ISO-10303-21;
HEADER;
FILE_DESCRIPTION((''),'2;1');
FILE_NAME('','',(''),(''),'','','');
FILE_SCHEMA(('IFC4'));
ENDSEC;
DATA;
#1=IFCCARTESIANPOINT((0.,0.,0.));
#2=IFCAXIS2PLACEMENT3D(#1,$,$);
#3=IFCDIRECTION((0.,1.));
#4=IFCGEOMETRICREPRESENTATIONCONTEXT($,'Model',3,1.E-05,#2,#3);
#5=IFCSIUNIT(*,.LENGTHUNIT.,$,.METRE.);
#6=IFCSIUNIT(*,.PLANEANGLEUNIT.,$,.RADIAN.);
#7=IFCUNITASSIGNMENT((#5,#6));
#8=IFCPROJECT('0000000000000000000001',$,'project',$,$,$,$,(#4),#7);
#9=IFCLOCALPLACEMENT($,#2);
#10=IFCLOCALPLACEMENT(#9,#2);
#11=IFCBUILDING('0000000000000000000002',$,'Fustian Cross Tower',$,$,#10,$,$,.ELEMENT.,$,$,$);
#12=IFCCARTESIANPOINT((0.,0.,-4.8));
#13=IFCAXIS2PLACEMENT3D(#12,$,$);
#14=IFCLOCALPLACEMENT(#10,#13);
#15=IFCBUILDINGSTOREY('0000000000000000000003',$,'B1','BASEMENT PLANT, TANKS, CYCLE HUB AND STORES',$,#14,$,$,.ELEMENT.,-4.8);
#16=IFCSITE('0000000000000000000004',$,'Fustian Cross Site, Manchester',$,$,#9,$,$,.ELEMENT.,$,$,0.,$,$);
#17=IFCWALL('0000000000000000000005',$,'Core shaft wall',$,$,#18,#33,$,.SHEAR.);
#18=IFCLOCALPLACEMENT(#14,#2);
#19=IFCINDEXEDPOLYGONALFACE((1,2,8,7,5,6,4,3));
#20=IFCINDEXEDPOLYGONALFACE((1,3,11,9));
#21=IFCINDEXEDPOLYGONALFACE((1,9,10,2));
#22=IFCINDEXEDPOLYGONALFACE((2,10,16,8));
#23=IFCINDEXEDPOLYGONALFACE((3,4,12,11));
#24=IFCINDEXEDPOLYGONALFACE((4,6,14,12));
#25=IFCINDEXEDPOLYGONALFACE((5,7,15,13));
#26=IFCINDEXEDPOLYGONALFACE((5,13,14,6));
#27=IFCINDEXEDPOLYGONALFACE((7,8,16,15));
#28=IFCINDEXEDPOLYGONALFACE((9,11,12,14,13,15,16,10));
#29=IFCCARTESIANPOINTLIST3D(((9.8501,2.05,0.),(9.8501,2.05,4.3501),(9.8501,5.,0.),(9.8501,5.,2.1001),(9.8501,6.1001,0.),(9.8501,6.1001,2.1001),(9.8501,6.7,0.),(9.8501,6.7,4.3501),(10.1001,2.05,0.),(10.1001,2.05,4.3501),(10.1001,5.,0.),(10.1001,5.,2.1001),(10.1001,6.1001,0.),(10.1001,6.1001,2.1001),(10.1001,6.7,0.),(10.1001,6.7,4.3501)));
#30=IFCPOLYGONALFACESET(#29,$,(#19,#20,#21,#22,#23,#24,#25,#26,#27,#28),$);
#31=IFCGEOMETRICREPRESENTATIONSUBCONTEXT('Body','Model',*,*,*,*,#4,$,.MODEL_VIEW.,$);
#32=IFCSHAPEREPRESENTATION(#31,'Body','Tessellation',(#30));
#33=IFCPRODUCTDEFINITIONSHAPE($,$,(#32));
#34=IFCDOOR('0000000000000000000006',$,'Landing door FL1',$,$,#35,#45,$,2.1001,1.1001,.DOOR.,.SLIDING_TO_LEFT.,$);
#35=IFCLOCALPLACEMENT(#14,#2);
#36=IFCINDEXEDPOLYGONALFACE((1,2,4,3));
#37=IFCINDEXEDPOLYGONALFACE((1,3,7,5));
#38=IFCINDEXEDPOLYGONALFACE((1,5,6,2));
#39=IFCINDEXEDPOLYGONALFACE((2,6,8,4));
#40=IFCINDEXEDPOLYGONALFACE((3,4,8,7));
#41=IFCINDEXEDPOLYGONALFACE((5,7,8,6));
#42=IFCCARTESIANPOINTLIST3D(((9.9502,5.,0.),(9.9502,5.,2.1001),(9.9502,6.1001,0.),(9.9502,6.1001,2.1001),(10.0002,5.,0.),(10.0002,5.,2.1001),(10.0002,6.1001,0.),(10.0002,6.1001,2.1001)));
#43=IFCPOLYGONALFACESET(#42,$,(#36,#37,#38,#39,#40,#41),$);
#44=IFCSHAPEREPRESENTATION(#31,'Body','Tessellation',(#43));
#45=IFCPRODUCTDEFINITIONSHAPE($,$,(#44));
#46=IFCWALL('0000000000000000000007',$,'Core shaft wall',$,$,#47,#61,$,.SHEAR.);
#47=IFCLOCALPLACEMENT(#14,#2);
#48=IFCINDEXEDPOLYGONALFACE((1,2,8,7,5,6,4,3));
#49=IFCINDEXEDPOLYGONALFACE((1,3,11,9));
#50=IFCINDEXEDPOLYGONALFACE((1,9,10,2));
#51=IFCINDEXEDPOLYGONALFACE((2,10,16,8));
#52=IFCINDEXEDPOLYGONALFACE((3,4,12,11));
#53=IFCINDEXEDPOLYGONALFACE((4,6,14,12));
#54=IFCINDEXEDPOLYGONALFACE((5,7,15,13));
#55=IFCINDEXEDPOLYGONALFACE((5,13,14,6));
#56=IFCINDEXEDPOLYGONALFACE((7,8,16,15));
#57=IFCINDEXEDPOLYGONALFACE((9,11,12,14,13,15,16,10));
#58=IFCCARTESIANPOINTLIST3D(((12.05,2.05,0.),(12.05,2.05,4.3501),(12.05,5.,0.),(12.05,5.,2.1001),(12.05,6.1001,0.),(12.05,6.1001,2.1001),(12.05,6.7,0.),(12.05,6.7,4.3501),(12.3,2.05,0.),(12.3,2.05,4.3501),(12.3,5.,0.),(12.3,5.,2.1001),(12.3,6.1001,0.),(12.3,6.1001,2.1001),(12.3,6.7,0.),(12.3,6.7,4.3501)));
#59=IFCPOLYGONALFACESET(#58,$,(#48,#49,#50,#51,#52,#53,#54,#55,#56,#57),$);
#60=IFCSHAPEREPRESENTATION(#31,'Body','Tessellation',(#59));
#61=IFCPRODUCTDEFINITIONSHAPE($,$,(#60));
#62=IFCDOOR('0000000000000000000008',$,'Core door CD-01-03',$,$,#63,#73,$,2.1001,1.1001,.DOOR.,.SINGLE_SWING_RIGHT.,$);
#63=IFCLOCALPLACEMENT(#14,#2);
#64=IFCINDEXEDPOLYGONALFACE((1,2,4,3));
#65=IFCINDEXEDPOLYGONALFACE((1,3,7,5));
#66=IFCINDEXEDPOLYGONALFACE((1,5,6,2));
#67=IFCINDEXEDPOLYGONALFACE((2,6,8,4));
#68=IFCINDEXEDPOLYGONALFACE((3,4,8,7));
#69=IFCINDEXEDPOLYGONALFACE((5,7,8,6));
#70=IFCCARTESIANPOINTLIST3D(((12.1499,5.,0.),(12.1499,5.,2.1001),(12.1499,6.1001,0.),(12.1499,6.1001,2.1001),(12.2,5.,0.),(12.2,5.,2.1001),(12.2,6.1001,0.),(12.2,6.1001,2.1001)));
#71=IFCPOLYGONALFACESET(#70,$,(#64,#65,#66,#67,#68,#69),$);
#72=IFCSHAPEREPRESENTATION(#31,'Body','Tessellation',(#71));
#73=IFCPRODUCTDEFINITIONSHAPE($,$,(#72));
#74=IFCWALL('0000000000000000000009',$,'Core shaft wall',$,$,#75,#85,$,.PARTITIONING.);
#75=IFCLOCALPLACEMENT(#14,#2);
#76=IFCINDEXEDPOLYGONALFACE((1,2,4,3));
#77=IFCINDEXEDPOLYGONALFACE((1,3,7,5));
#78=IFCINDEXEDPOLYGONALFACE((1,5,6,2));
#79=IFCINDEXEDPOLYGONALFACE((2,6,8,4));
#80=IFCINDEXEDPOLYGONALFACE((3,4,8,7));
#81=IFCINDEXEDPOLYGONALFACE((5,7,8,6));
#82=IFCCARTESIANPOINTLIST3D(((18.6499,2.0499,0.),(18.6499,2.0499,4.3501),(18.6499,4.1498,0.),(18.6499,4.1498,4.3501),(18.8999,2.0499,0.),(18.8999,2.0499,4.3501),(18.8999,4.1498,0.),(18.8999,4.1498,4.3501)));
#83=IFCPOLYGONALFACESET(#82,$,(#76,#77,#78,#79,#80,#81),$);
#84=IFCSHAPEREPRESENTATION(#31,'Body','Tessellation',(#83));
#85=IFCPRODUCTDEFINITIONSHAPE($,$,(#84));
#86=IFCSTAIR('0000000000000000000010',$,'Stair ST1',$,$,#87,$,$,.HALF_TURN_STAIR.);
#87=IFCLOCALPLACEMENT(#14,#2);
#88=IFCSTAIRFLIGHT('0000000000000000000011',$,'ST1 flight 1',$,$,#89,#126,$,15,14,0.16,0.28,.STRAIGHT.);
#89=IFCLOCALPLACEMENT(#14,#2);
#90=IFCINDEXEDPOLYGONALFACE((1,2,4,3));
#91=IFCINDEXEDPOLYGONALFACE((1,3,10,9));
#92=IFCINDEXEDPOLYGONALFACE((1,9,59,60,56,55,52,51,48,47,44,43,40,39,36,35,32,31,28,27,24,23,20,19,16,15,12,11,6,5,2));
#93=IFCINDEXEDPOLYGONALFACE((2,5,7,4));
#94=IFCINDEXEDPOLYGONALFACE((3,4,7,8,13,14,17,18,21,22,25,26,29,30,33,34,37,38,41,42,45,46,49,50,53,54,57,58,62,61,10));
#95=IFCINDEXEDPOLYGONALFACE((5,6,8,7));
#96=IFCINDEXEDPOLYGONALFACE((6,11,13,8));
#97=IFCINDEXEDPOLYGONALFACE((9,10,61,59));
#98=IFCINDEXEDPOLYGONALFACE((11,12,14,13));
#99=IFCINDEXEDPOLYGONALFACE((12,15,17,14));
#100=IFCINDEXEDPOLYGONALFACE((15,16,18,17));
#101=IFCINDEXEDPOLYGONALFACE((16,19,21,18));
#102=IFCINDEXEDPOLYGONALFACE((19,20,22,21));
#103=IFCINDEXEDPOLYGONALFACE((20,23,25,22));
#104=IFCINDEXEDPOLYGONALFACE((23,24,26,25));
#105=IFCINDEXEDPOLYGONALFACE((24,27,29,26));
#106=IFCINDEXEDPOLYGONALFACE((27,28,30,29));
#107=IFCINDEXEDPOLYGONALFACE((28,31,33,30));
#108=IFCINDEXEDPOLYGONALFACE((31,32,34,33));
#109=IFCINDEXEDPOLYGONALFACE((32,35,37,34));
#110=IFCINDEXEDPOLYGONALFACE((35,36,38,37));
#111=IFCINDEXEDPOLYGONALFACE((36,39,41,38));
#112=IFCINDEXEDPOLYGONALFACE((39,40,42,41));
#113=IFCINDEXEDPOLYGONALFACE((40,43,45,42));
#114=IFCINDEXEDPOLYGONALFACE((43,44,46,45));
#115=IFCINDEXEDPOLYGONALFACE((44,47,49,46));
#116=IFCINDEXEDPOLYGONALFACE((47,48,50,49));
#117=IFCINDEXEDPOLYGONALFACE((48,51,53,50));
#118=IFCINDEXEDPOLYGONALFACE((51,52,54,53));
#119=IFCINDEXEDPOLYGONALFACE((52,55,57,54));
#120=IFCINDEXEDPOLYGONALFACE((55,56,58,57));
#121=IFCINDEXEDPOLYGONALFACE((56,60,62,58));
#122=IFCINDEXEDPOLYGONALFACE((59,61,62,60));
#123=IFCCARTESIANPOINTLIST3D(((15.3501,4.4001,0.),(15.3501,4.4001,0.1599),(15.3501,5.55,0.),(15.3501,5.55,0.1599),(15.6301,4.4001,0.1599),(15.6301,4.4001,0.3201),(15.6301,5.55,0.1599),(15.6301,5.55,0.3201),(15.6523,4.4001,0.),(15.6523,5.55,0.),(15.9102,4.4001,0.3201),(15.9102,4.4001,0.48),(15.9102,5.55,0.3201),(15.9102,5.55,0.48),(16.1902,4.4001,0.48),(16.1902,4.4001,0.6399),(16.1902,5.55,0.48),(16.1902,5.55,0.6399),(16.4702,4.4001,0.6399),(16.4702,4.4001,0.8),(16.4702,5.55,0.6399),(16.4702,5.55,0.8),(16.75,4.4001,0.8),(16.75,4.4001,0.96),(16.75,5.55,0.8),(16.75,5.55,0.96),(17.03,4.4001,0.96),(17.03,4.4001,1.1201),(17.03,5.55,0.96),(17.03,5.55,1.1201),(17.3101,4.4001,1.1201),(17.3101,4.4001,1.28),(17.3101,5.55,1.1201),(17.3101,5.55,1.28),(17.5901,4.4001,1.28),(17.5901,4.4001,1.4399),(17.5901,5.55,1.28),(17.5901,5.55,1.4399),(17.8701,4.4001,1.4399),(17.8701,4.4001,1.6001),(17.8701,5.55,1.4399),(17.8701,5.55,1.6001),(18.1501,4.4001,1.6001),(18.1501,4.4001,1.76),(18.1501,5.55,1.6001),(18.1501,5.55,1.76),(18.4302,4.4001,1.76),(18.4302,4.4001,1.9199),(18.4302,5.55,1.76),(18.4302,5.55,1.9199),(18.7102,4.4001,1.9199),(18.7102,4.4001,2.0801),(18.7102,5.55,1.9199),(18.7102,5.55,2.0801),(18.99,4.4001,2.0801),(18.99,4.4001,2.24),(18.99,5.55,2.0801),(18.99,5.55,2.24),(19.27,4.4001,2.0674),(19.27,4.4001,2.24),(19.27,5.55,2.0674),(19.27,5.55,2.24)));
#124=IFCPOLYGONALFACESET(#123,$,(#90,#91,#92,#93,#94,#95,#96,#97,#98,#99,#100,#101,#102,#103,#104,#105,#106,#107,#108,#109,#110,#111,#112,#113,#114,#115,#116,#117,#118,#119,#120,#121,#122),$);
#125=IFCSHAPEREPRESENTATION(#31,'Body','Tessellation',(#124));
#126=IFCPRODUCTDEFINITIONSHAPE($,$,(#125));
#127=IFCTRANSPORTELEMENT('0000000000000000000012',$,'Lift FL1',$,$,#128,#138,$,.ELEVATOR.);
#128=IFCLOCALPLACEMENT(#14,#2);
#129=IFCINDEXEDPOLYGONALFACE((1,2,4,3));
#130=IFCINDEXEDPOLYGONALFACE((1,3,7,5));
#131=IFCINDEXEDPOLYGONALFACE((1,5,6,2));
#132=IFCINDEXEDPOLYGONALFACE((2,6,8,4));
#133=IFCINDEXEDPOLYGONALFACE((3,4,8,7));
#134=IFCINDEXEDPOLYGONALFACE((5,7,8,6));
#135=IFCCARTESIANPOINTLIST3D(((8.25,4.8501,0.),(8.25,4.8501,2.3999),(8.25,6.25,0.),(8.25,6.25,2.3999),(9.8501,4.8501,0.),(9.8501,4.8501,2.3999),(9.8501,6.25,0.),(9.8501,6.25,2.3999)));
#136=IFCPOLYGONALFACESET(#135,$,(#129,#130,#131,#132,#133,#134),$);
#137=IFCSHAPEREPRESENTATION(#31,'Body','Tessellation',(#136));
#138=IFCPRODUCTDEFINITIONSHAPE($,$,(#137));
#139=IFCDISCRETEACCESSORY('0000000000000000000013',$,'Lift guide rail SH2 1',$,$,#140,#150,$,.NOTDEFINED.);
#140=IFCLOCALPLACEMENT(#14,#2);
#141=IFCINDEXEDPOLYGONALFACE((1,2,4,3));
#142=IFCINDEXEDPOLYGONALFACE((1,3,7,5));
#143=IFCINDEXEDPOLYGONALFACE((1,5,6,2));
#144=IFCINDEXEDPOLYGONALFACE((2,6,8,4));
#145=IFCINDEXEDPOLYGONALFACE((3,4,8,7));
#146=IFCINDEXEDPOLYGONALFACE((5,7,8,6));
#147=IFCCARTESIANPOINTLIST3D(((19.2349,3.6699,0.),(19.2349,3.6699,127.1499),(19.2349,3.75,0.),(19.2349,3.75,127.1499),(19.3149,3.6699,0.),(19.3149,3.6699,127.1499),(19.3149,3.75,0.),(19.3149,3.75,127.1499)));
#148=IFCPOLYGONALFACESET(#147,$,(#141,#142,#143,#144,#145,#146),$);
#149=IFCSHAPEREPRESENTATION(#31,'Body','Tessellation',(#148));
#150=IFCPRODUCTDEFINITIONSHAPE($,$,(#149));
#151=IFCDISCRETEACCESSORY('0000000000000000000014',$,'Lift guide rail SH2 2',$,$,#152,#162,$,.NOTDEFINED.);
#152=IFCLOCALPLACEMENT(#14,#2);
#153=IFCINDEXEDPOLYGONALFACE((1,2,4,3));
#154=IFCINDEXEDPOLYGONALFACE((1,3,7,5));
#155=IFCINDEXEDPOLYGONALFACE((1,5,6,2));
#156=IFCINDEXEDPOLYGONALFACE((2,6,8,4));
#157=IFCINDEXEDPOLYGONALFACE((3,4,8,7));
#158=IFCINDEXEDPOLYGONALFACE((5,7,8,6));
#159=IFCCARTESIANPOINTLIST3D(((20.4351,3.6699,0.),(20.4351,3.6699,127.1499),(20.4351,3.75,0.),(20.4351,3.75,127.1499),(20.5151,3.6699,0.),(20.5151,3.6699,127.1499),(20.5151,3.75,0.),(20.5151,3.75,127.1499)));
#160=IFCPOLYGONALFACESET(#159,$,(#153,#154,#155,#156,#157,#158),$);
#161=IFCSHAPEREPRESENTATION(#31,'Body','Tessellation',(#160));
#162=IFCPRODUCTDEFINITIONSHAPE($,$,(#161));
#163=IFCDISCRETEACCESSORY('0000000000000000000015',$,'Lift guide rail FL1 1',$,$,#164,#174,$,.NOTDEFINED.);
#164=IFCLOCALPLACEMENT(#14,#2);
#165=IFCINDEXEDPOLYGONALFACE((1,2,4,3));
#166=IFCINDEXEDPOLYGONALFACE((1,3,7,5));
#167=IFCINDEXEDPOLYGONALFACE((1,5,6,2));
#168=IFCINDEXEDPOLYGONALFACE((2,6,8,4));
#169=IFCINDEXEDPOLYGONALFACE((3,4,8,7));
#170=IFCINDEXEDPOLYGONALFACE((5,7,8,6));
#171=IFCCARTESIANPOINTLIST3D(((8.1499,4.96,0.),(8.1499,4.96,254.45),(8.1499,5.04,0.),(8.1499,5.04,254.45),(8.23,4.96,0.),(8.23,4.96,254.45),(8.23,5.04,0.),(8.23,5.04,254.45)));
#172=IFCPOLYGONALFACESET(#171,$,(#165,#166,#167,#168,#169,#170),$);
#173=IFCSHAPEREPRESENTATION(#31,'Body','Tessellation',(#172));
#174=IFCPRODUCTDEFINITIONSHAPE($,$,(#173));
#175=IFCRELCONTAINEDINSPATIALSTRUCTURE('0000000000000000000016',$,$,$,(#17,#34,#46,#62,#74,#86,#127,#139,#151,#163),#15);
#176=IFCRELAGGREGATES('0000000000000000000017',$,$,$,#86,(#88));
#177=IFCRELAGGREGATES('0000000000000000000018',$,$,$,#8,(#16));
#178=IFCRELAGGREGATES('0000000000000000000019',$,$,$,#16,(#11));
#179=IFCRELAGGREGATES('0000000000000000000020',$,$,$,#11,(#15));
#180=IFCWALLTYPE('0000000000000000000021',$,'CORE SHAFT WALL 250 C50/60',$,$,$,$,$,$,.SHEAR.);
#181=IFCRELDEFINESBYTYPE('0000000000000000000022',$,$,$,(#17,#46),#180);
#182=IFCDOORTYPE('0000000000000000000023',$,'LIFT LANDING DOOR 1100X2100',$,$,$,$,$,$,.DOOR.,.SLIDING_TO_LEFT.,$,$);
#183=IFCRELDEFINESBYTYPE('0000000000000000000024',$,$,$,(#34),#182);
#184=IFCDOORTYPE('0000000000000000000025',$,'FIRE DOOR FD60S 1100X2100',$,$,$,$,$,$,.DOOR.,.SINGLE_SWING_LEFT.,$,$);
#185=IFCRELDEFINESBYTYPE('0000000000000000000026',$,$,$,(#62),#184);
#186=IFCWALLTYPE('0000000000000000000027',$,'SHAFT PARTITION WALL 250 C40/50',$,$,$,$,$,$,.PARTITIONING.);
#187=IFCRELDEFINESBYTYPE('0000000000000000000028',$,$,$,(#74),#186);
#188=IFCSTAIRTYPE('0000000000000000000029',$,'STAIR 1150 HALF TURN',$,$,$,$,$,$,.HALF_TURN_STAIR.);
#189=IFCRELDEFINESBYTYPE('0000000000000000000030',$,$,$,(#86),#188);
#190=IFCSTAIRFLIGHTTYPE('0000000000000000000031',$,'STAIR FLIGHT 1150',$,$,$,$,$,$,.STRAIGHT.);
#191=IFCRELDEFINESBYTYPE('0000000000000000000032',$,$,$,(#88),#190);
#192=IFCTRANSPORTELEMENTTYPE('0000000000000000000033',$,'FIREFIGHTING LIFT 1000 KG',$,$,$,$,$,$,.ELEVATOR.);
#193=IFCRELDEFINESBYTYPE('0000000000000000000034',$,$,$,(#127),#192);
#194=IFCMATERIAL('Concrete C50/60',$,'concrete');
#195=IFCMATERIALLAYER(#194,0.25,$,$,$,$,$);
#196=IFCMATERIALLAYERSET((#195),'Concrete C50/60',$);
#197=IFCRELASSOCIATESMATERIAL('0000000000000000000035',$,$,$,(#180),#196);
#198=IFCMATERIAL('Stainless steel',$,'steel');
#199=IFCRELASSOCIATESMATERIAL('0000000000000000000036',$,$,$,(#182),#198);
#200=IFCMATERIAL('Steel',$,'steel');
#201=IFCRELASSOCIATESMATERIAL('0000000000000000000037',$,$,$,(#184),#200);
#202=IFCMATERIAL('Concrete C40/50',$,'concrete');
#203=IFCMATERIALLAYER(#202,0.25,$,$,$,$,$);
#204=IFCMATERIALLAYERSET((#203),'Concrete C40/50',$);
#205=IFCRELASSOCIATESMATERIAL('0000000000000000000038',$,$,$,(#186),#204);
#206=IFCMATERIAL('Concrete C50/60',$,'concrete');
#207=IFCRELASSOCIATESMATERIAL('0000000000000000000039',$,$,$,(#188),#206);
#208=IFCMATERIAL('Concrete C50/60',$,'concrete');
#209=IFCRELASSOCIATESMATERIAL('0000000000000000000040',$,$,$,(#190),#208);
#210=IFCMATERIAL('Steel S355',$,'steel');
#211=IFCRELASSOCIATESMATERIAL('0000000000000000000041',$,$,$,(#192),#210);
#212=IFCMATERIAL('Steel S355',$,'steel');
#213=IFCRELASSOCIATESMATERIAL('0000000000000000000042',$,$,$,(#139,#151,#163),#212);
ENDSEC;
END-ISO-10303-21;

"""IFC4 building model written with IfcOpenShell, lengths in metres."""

from ifc_helpers import new_model, si_unit, direction, frame, frame_2d, origin, origin_2d, place, context, subcontext, project, spatial, polyline, rectangle, outline, extrude, material, layer, layer_set, type_object, element, fill, aggregate, save


model = new_model("IFC4")

# Units and contexts
model_context = context("Model", 3, precision=1e-05, world=origin(), true_north=direction((0.0, 1.0)))
body_context = subcontext(model_context, "Body", "Model", "MODEL_VIEW")
ifc_project = project(units=[si_unit("LENGTHUNIT", "METRE"), si_unit("PLANEANGLEUNIT", "RADIAN")], contexts=[model_context])

# Site, building, storey
site_placement = place(None, origin())
site = spatial("IfcSite", under=ifc_project, at=site_placement, Name="Fustian Cross Site, Manchester", CompositionType="ELEMENT", RefElevation=0.0)
building_placement = place(site_placement, origin())
building = spatial("IfcBuilding", under=site, at=building_placement, Name="Fustian Cross Tower", CompositionType="ELEMENT")
storey_placement = place(building_placement, frame((0.0, 0.0, -4.8)))
storey = spatial("IfcBuildingStorey", under=building, at=storey_placement, Name="B1", Description="BASEMENT PLANT, TANKS, CYCLE HUB AND STORES", CompositionType="ELEMENT", Elevation=-4.8)

# Shared definitions
ifc_material_1 = material(Name="Concrete C50/60", Category="concrete")
ifc_layer_1 = layer(ifc_material_1, 0.25)
ifc_layer_set_1 = layer_set([ifc_layer_1], Name="Concrete C50/60")
wall_type_1 = type_object("IfcWallType", Name="CORE SHAFT WALL 250 C50/60", PredefinedType="SHEAR", material=ifc_layer_set_1)

# Walls, openings, doors
wall_1_placement = place(storey_placement, frame((9.9751, 2.05, 0.0), z_axis=(0.0, 0.0, 1.0), x_axis=(0.0, 1.0, 0.0)))
wall_1 = element("IfcWall", 1, at=wall_1_placement, inside=storey, type_object=wall_type_1, Name="Core shaft wall", PredefinedType="SHEAR", context=body_context, shape_type="SweptSolid", body=[
    extrude(rectangle(XDim=4.6499, YDim=0.25, at=frame_2d((2.325, 0.0))), origin(), (0.0, 0.0, 1.0), 4.3501),
])
opening_1_placement = place(wall_1_placement, frame((2.95, 0.0, 0.0)))
opening_1 = element("IfcOpeningElement", 2, at=opening_1_placement, cuts=wall_1, PredefinedType="OPENING", context=body_context, shape_type="SweptSolid", body=[
    extrude(rectangle(XDim=1.1001, YDim=2.1001, at=frame_2d((0.55, 1.05))), frame((0.0, 0.135, 0.0), z_axis=(0.0, -1.0, 0.0), x_axis=(1.0, 0.0, 0.0)), (0.0, 0.0, 1.0), 0.27),
])
ifc_material_2 = material(Name="Stainless steel", Category="steel")
door_type_1 = type_object("IfcDoorType", Name="LIFT LANDING DOOR 1100X2100", OperationType="SLIDING_TO_LEFT", PredefinedType="DOOR", material=ifc_material_2)
door_1_placement = place(opening_1_placement, origin())
door_1 = element("IfcDoor", 3, at=door_1_placement, inside=storey, type_object=door_type_1, Name="Landing door FL1", OperationType="SLIDING_TO_LEFT", OverallHeight=2.1001, OverallWidth=1.1001, PredefinedType="DOOR", context=body_context, shape_type="SweptSolid", body=[
    extrude(rectangle(XDim=1.1001, YDim=2.1001, at=frame_2d((0.55, 1.05))), frame((0.0, 0.0249, 0.0), z_axis=(0.0, -1.0, 0.0), x_axis=(1.0, 0.0, 0.0)), (0.0, 0.0, 1.0), 0.05),
])
fill(opening_1, door_1)
wall_2_placement = place(storey_placement, frame((12.175, 2.05, 0.0), z_axis=(0.0, 0.0, 1.0), x_axis=(0.0, 1.0, 0.0)))
wall_2 = element("IfcWall", 4, at=wall_2_placement, inside=storey, type_object=wall_type_1, Name="Core shaft wall", PredefinedType="SHEAR", context=body_context, shape_type="SweptSolid", body=[
    extrude(rectangle(XDim=4.6499, YDim=0.25, at=frame_2d((2.325, 0.0))), origin(), (0.0, 0.0, 1.0), 4.3501),
])
opening_2_placement = place(wall_2_placement, frame((2.95, 0.0, 0.0)))
opening_2 = element("IfcOpeningElement", 5, at=opening_2_placement, cuts=wall_2, PredefinedType="OPENING", context=body_context, shape_type="SweptSolid", body=[
    extrude(rectangle(XDim=1.1001, YDim=2.1001, at=frame_2d((0.55, 1.05))), frame((0.0, 0.135, 0.0), z_axis=(0.0, -1.0, 0.0), x_axis=(1.0, 0.0, 0.0)), (0.0, 0.0, 1.0), 0.27),
])
ifc_material_3 = material(Name="Steel", Category="steel")
door_type_2 = type_object("IfcDoorType", Name="FIRE DOOR FD60S 1100X2100", OperationType="SINGLE_SWING_LEFT", PredefinedType="DOOR", material=ifc_material_3)
door_2_placement = place(opening_2_placement, frame((1.1001, 0.0, 0.0), z_axis=(0.0, 0.0, 1.0), x_axis=(-1.0, 0.0, 0.0)))
door_2 = element("IfcDoor", 6, at=door_2_placement, inside=storey, type_object=door_type_2, Name="Core door CD-01-03", OperationType="SINGLE_SWING_RIGHT", OverallHeight=2.1001, OverallWidth=1.1001, PredefinedType="DOOR", context=body_context, shape_type="SweptSolid", body=[
    extrude(rectangle(XDim=1.1001, YDim=2.1001, at=frame_2d((0.55, 1.05))), frame((0.0, 0.0249, 0.0), z_axis=(0.0, -1.0, 0.0), x_axis=(1.0, 0.0, 0.0)), (0.0, 0.0, 1.0), 0.05),
])
fill(opening_2, door_2)

# Wall
ifc_material_4 = material(Name="Concrete C40/50", Category="concrete")
ifc_layer_2 = layer(ifc_material_4, 0.25)
ifc_layer_set_2 = layer_set([ifc_layer_2], Name="Concrete C40/50")
wall_type_2 = type_object("IfcWallType", Name="SHAFT PARTITION WALL 250 C40/50", PredefinedType="PARTITIONING", material=ifc_layer_set_2)
wall_3_placement = place(storey_placement, frame((18.7749, 2.05, 0.0), z_axis=(0.0, 0.0, 1.0), x_axis=(0.0, 1.0, 0.0)))
element("IfcWall", 7, at=wall_3_placement, inside=storey, type_object=wall_type_2, Name="Core shaft wall", PredefinedType="PARTITIONING", context=body_context, shape_type="SweptSolid", body=[
    extrude(rectangle(XDim=2.0999, YDim=0.25, at=frame_2d((1.0498, 0.0))), origin(), (0.0, 0.0, 1.0), 4.3501),
])

# Stair, stair flight
ifc_material_5 = material(Name="Concrete C50/60", Category="concrete")
stair_type = type_object("IfcStairType", Name="STAIR 1150 HALF TURN", PredefinedType="HALF_TURN_STAIR", material=ifc_material_5)
stair_placement = place(storey_placement, origin())
stair = element("IfcStair", 8, at=stair_placement, inside=storey, type_object=stair_type, Name="Stair ST1", PredefinedType="HALF_TURN_STAIR")
ifc_material_6 = material(Name="Concrete C50/60", Category="concrete")
stair_flight_type = type_object("IfcStairFlightType", Name="STAIR FLIGHT 1150", PredefinedType="STRAIGHT", material=ifc_material_6)
stair_flight_placement = place(storey_placement, frame((15.3501, 4.9751, 0.0), z_axis=(0.0, 0.0, 1.0), x_axis=(1.0, 0.0, 0.0)))
stair_flight = element("IfcStairFlight", 9, at=stair_flight_placement, type_object=stair_flight_type, Name="ST1 flight 1", NumberOfRisers=15, NumberOfTreads=14, PredefinedType="STRAIGHT", RiserHeight=0.16, TreadLength=0.28, context=body_context, shape_type="SweptSolid", body=[
    extrude(outline(polyline([(0.0, 0.0), (0.0, 0.1599), (0.28, 0.1599), (0.28, 0.3201), (0.5601, 0.3201), (0.5601, 0.48), (0.8401, 0.48), (0.8401, 0.6399), (1.1201, 0.6399), (1.1201, 0.8), (1.3999, 0.8), (1.3999, 0.96), (1.6799, 0.96), (1.6799, 1.1201), (1.96, 1.1201), (1.96, 1.28), (2.24, 1.28), (2.24, 1.4399), (2.52, 1.4399), (2.52, 1.6001), (2.8, 1.6001), (2.8, 1.76), (3.0801, 1.76), (3.0801, 1.9199), (3.3601, 1.9199), (3.3601, 2.0801), (3.6399, 2.0801), (3.6399, 2.24), (3.9199, 2.24), (3.9199, 2.3999), (3.9199, 2.0674), (0.3022, 0.0), (0.0, 0.0)])), frame((0.0, 0.575, 0.0), z_axis=(0.0, -1.0, 0.0), x_axis=(1.0, 0.0, 0.0)), (0.0, 0.0, 1.0), 1.1499),
])
aggregate(stair, [stair_flight])

# Transport element
ifc_material_7 = material(Name="Steel S355", Category="steel")
transport_element_type = type_object("IfcTransportElementType", Name="FIREFIGHTING LIFT 1000 KG", PredefinedType="ELEVATOR", material=ifc_material_7)
transport_element_placement = place(storey_placement, frame((9.05, 5.55, 0.0), z_axis=(0.0, 0.0, 1.0), x_axis=(1.0, 0.0, 0.0)))
element("IfcTransportElement", 10, at=transport_element_placement, inside=storey, type_object=transport_element_type, Name="Lift FL1", PredefinedType="ELEVATOR", context=body_context, shape_type="SweptSolid", body=[
    extrude(rectangle(XDim=1.6001, YDim=1.3999, at=origin_2d()), origin(), (0.0, 0.0, 1.0), 2.3999),
])

# Discrete accessories
ifc_material_8 = material(Name="Steel S355", Category="steel")
for number, where, z_axis, x_axis, name in (
    (11, (19.2749, 3.71, 0.0), (0.0, 0.0, 1.0), (1.0, 0.0, 0.0), "Lift guide rail SH2 1"),
    (12, (20.4751, 3.71, 0.0), (0.0, 0.0, 1.0), (1.0, 0.0, 0.0), "Lift guide rail SH2 2"),
):
    element("IfcDiscreteAccessory", number, at=place(storey_placement, frame(where, z_axis=z_axis, x_axis=x_axis)), inside=storey, material=ifc_material_8, Name=name, PredefinedType="NOTDEFINED", context=body_context, shape_type="SweptSolid", body=[
        extrude(rectangle(XDim=0.0801, YDim=0.0801, at=origin_2d()), origin(), (0.0, 0.0, 1.0), 127.1499),
    ])
for number, where, z_axis, x_axis, name in (
    (13, (8.1899, 5.0, 0.0), (0.0, 0.0, 1.0), (1.0, 0.0, 0.0), "Lift guide rail FL1 1"),
):
    element("IfcDiscreteAccessory", number, at=place(storey_placement, frame(where, z_axis=z_axis, x_axis=x_axis)), inside=storey, material=ifc_material_8, Name=name, PredefinedType="NOTDEFINED", context=body_context, shape_type="SweptSolid", body=[
        extrude(rectangle(XDim=0.0801, YDim=0.0801, at=origin_2d()), origin(), (0.0, 0.0, 1.0), 254.45),
    ])

save(model, "model.ifc")
